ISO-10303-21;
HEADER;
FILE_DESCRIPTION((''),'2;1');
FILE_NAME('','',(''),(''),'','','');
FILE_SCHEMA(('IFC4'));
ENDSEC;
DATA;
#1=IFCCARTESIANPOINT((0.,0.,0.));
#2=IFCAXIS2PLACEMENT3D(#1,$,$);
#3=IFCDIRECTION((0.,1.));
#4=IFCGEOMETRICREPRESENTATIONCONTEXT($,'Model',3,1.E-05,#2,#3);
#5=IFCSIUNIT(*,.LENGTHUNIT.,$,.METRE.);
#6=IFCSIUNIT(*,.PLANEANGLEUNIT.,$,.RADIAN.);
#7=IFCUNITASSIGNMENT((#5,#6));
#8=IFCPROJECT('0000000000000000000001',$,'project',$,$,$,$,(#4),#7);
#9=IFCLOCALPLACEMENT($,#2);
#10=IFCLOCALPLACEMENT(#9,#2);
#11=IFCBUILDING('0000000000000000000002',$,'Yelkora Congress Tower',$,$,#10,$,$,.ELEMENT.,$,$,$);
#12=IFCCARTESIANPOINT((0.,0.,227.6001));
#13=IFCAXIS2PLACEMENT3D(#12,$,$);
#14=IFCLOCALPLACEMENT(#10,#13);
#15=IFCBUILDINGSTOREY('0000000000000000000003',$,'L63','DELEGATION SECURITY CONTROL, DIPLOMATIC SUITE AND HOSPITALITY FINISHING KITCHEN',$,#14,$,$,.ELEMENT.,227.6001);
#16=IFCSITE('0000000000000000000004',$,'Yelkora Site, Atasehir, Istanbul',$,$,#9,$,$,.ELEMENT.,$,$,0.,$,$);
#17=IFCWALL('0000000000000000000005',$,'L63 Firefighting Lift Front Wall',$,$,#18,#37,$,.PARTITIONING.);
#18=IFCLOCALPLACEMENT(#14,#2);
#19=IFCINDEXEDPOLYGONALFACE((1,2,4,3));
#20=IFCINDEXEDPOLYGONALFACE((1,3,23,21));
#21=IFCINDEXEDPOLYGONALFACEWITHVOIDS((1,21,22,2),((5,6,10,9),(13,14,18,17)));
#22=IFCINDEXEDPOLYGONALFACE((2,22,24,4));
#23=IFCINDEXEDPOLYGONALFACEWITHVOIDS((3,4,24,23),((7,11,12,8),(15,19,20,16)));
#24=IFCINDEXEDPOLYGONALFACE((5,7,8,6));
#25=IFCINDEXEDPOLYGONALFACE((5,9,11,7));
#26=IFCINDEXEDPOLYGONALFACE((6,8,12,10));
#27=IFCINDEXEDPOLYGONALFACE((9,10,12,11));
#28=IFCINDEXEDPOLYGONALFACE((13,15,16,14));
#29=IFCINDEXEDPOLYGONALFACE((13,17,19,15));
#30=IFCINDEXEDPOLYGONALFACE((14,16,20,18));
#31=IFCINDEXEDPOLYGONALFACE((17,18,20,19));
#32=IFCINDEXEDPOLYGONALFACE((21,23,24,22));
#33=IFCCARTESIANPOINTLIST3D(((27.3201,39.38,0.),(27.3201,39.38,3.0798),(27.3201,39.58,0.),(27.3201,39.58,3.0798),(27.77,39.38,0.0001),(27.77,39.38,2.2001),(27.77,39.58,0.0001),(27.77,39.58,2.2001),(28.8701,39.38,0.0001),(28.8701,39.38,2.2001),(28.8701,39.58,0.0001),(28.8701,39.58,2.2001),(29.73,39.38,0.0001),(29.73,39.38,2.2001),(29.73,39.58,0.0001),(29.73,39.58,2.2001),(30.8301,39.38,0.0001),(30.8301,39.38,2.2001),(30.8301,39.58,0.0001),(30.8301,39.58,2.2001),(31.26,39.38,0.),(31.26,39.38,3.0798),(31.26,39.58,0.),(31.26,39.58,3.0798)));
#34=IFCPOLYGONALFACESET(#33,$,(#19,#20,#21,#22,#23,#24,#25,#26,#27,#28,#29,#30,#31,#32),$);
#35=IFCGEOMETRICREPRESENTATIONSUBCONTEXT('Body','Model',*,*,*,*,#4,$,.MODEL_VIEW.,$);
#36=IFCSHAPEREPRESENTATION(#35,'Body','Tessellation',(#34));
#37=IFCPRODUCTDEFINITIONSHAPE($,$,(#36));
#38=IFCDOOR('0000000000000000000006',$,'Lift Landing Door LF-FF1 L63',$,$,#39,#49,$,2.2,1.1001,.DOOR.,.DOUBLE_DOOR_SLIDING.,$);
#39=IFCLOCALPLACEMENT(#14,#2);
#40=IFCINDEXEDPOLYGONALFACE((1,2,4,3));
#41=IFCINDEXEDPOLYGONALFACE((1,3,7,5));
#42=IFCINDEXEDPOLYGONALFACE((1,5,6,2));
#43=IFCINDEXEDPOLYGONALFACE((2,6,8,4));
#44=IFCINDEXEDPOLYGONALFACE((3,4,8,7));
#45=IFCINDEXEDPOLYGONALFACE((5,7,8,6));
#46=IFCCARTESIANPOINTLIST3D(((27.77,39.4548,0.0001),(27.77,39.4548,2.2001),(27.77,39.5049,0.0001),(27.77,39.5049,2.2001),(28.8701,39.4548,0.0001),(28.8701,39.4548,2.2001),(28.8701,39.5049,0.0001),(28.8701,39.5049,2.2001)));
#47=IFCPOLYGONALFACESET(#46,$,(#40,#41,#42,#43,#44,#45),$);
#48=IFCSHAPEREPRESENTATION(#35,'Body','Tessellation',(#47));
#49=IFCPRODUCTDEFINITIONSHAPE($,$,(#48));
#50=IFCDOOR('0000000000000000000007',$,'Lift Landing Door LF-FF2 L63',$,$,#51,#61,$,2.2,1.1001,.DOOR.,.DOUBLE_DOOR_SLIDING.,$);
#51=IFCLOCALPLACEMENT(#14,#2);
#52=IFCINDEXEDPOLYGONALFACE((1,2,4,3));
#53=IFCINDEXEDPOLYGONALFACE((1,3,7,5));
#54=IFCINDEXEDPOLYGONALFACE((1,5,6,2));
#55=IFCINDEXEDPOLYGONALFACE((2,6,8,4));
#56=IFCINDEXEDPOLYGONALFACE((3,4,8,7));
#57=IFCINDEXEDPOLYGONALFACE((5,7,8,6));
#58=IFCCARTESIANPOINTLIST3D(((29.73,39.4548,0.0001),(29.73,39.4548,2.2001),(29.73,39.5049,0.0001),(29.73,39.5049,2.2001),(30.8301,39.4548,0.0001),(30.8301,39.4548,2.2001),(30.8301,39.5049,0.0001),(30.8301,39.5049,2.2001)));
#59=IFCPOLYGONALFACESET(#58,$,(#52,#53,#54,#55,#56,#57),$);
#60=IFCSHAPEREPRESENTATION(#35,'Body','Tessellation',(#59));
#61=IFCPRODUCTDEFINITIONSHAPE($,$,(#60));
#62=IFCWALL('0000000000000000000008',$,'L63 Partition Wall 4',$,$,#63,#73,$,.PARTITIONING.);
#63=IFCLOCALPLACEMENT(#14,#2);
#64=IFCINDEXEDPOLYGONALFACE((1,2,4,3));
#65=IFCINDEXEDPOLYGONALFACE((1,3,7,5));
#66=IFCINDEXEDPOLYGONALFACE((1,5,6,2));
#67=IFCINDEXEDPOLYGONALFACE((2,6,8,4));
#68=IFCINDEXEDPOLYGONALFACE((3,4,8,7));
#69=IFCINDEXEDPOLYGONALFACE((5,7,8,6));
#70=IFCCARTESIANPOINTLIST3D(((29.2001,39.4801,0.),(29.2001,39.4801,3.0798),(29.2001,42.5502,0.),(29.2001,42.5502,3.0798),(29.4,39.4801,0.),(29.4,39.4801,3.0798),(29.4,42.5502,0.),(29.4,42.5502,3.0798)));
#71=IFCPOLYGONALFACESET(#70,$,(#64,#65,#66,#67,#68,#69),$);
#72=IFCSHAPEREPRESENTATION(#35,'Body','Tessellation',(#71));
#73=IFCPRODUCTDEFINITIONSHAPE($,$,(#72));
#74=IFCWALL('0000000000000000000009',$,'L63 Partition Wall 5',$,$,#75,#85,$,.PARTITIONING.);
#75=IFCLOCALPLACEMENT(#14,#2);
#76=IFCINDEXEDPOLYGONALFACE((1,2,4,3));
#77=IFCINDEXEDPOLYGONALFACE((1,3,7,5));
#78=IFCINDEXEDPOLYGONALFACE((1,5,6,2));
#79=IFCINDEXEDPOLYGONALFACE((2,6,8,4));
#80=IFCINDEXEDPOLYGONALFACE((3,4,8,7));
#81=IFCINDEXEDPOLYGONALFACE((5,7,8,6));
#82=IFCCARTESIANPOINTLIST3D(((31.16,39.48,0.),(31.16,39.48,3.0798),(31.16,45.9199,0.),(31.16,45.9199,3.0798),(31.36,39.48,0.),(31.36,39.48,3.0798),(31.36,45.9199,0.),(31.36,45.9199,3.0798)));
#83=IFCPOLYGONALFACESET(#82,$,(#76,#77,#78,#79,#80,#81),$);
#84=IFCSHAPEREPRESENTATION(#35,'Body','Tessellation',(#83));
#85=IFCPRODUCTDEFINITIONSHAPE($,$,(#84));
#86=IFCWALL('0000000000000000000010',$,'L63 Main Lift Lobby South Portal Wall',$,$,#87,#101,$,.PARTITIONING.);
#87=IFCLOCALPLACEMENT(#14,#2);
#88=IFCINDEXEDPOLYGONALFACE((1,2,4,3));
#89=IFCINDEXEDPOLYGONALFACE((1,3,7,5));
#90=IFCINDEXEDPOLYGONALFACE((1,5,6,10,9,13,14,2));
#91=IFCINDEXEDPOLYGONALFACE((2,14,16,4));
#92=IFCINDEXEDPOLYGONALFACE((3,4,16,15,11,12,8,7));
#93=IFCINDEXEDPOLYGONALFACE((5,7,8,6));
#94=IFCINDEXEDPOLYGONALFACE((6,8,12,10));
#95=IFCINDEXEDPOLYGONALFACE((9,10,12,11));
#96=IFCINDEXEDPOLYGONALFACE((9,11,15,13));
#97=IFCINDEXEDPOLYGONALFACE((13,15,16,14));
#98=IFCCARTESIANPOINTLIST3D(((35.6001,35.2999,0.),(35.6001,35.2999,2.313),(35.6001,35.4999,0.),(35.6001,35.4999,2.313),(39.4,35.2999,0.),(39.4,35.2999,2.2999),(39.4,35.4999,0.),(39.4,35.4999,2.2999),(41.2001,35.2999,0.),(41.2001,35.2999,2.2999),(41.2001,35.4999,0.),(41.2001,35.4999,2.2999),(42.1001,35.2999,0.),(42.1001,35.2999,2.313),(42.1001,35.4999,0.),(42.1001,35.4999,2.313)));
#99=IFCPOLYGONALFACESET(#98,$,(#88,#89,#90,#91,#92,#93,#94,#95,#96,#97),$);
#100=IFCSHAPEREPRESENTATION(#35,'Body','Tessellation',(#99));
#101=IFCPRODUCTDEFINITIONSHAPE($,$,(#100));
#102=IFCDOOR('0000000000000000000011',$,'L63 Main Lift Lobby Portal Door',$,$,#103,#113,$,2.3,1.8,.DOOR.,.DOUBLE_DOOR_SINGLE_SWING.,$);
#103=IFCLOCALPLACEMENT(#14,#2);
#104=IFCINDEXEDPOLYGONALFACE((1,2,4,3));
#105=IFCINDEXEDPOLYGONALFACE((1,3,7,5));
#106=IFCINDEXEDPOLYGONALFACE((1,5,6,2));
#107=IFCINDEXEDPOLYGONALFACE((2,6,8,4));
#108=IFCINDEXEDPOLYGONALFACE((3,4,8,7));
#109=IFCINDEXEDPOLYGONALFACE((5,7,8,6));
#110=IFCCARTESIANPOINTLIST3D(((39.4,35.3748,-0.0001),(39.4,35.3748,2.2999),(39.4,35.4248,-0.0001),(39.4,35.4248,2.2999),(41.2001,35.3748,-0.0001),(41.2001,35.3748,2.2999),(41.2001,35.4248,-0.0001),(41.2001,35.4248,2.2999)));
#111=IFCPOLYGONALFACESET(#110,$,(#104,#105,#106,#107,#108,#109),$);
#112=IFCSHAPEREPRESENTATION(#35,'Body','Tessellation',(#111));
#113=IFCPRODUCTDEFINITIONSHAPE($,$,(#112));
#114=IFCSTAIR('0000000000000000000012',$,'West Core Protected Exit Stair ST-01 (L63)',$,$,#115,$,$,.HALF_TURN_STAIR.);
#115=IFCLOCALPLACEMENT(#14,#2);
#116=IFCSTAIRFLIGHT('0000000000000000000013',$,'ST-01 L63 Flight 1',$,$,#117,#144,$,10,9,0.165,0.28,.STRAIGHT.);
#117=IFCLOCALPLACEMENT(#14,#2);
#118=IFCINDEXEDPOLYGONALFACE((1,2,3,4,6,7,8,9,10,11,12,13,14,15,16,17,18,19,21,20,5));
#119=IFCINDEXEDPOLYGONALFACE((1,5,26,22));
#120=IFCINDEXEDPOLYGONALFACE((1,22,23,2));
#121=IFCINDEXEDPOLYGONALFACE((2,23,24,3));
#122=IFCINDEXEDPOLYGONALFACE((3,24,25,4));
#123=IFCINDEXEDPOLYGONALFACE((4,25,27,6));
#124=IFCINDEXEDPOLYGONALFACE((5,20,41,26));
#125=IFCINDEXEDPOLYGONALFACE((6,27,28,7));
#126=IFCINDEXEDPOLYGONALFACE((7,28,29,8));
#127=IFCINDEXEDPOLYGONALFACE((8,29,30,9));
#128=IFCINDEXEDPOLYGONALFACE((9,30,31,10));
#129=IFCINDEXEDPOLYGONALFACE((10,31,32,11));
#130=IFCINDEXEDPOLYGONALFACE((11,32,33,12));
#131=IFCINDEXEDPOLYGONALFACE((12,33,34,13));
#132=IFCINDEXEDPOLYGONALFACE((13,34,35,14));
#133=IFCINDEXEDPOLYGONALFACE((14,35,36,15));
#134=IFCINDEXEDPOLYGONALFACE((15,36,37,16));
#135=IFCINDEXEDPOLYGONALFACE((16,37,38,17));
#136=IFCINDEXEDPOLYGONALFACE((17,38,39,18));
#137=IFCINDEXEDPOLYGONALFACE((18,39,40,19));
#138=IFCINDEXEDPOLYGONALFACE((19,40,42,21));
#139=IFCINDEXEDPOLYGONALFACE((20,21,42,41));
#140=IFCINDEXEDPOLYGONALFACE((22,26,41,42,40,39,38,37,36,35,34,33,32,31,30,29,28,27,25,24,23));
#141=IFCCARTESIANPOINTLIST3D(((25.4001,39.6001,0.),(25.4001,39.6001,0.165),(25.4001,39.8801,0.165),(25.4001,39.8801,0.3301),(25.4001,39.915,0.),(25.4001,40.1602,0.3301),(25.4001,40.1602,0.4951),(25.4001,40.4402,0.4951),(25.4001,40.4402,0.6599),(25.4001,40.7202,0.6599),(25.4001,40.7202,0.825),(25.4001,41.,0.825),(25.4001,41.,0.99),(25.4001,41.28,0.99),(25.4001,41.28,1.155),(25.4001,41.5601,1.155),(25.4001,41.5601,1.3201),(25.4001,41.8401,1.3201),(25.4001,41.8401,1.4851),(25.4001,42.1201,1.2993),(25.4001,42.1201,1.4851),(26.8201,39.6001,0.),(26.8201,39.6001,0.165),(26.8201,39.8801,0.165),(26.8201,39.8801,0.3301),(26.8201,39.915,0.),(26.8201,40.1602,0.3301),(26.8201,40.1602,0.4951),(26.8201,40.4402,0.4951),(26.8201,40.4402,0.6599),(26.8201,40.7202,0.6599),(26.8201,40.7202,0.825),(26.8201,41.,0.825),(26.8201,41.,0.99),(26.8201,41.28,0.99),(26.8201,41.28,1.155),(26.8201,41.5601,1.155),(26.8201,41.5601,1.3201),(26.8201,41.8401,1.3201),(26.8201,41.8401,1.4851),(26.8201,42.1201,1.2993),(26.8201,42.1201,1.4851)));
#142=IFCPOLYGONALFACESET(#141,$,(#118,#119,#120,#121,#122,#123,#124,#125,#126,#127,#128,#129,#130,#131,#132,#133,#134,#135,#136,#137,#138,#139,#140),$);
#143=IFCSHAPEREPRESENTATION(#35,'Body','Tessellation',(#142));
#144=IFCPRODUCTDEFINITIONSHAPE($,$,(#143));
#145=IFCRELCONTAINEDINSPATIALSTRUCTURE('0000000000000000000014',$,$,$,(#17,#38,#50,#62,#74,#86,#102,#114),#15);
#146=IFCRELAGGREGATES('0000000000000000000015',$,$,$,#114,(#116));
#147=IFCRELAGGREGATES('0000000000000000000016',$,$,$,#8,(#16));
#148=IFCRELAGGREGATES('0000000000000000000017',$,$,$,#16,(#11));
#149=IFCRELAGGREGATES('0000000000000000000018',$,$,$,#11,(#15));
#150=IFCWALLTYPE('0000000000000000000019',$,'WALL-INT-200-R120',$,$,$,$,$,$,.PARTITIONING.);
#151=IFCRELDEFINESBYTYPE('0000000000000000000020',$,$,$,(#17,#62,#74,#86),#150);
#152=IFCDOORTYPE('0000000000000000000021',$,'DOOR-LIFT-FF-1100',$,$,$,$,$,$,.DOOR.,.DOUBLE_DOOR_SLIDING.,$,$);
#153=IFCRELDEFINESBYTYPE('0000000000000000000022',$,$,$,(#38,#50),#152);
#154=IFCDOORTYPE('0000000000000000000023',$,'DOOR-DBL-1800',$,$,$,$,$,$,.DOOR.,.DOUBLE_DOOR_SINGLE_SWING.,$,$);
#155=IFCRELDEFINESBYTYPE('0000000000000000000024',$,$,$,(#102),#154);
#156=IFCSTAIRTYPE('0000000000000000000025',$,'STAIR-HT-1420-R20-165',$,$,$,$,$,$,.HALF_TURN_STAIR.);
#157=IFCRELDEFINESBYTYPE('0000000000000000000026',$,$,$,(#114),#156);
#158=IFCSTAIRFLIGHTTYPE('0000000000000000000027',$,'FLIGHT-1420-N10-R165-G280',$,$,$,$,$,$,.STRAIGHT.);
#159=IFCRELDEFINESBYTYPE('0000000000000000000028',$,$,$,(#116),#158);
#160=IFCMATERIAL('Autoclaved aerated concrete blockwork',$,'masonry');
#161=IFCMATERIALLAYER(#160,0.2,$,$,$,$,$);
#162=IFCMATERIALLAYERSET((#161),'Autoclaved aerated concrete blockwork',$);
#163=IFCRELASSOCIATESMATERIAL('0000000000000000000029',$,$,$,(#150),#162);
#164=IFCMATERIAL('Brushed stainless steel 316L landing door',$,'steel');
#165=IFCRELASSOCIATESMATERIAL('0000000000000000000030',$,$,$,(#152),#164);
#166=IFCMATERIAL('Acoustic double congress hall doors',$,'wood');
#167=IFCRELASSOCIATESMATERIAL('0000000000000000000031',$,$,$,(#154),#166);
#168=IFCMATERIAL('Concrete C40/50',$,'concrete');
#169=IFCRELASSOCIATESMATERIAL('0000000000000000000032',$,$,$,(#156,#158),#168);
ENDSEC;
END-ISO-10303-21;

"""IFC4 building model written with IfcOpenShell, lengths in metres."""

from ifc_helpers import new_model, si_unit, direction, frame, frame_2d, origin, place, context, subcontext, project, spatial, polyline, rectangle, outline, extrude, material, layer, layer_set, type_object, element, fill, aggregate, save


model = new_model("IFC4")

# Units and contexts
model_context = context("Model", 3, precision=1e-05, world=origin(), true_north=direction((0.0, 1.0)))
body_context = subcontext(model_context, "Body", "Model", "MODEL_VIEW")
ifc_project = project(units=[si_unit("LENGTHUNIT", "METRE"), si_unit("PLANEANGLEUNIT", "RADIAN")], contexts=[model_context])

# Site, building, storey
site_placement = place(None, origin())
site = spatial("IfcSite", under=ifc_project, at=site_placement, Name="Yelkora Site, Atasehir, Istanbul", CompositionType="ELEMENT", RefElevation=0.0)
building_placement = place(site_placement, origin())
building = spatial("IfcBuilding", under=site, at=building_placement, Name="Yelkora Congress Tower", CompositionType="ELEMENT")
storey_placement = place(building_placement, frame((0.0, 0.0, 227.6001)))
storey = spatial("IfcBuildingStorey", under=building, at=storey_placement, Name="L63", Description="DELEGATION SECURITY CONTROL, DIPLOMATIC SUITE AND HOSPITALITY FINISHING KITCHEN", CompositionType="ELEMENT", Elevation=227.6001)

# Shared definitions
ifc_material_1 = material(Name="Autoclaved aerated concrete blockwork", Category="masonry")
ifc_layer_1 = layer(ifc_material_1, 0.2)
ifc_layer_set_1 = layer_set([ifc_layer_1], Name="Autoclaved aerated concrete blockwork")
wall_type_1 = type_object("IfcWallType", Name="WALL-INT-200-R120", PredefinedType="PARTITIONING", material=ifc_layer_set_1)

# Wall, openings, doors
wall_1_placement = place(storey_placement, frame((27.3201, 39.48, 0.0), z_axis=(0.0, 0.0, 1.0), x_axis=(1.0, 0.0, 0.0)))
wall_1 = element("IfcWall", 1, at=wall_1_placement, inside=storey, type_object=wall_type_1, Name="L63 Firefighting Lift Front Wall", PredefinedType="PARTITIONING", context=body_context, shape_type="SweptSolid", body=[
    extrude(rectangle(XDim=3.9399, YDim=0.2, at=frame_2d((1.97, 0.0))), origin(), (0.0, 0.0, 1.0), 3.0798),
])
opening_1_placement = place(wall_1_placement, frame((0.45, 0.0, 0.0)))
opening_1 = element("IfcOpeningElement", 2, at=opening_1_placement, cuts=wall_1, PredefinedType="OPENING", context=body_context, shape_type="SweptSolid", body=[
    extrude(rectangle(XDim=1.1001, YDim=2.2, at=frame_2d((0.55, 1.1001))), frame((0.0, 0.1099, 0.0), z_axis=(0.0, -1.0, 0.0), x_axis=(1.0, 0.0, 0.0)), (0.0, 0.0, 1.0), 0.22),
])
opening_2_placement = place(wall_1_placement, frame((2.4099, 0.0, 0.0)))
opening_2 = element("IfcOpeningElement", 3, at=opening_2_placement, cuts=wall_1, PredefinedType="OPENING", context=body_context, shape_type="SweptSolid", body=[
    extrude(rectangle(XDim=1.1001, YDim=2.2, at=frame_2d((0.55, 1.1001))), frame((0.0, 0.1099, 0.0), z_axis=(0.0, -1.0, 0.0), x_axis=(1.0, 0.0, 0.0)), (0.0, 0.0, 1.0), 0.22),
])
ifc_material_2 = material(Name="Brushed stainless steel 316L landing door", Category="steel")
door_type_1 = type_object("IfcDoorType", Name="DOOR-LIFT-FF-1100", OperationType="DOUBLE_DOOR_SLIDING", PredefinedType="DOOR", material=ifc_material_2)
door_1_placement = place(opening_1_placement, origin())
door_1 = element("IfcDoor", 4, at=door_1_placement, inside=storey, type_object=door_type_1, Name="Lift Landing Door LF-FF1 L63", OperationType="DOUBLE_DOOR_SLIDING", OverallHeight=2.2, OverallWidth=1.1001, PredefinedType="DOOR", context=body_context, shape_type="SweptSolid", body=[
    extrude(rectangle(XDim=1.1001, YDim=2.2, at=frame_2d((0.55, 1.1001))), frame((0.0, 0.0249, 0.0), z_axis=(0.0, -1.0, 0.0), x_axis=(1.0, 0.0, 0.0)), (0.0, 0.0, 1.0), 0.05),
])
fill(opening_1, door_1)
door_2_placement = place(opening_2_placement, origin())
door_2 = element("IfcDoor", 5, at=door_2_placement, inside=storey, type_object=door_type_1, Name="Lift Landing Door LF-FF2 L63", OperationType="DOUBLE_DOOR_SLIDING", OverallHeight=2.2, OverallWidth=1.1001, PredefinedType="DOOR", context=body_context, shape_type="SweptSolid", body=[
    extrude(rectangle(XDim=1.1001, YDim=2.2, at=frame_2d((0.55, 1.1001))), frame((0.0, 0.0249, 0.0), z_axis=(0.0, -1.0, 0.0), x_axis=(1.0, 0.0, 0.0)), (0.0, 0.0, 1.0), 0.05),
])
fill(opening_2, door_2)

# Walls
wall_2_placement = place(storey_placement, frame((29.3, 39.48, 0.0), z_axis=(0.0, 0.0, 1.0), x_axis=(0.0, 1.0, 0.0)))
element("IfcWall", 6, at=wall_2_placement, inside=storey, type_object=wall_type_1, Name="L63 Partition Wall 4", PredefinedType="PARTITIONING", context=body_context, shape_type="SweptSolid", body=[
    extrude(rectangle(XDim=3.0701, YDim=0.2, at=frame_2d((1.5352, 0.0))), origin(), (0.0, 0.0, 1.0), 3.0798),
])
wall_3_placement = place(storey_placement, frame((31.26, 39.48, 0.0), z_axis=(0.0, 0.0, 1.0), x_axis=(0.0, 1.0, 0.0)))
element("IfcWall", 7, at=wall_3_placement, inside=storey, type_object=wall_type_1, Name="L63 Partition Wall 5", PredefinedType="PARTITIONING", context=body_context, shape_type="SweptSolid", body=[
    extrude(rectangle(XDim=6.4399, YDim=0.2, at=frame_2d((3.22, 0.0))), origin(), (0.0, 0.0, 1.0), 3.0798),
])

# Wall, opening, door
wall_4_placement = place(storey_placement, frame((35.6001, 35.3999, 0.0), z_axis=(0.0, 0.0, 1.0), x_axis=(1.0, 0.0, 0.0)))
wall_4 = element("IfcWall", 8, at=wall_4_placement, inside=storey, type_object=wall_type_1, Name="L63 Main Lift Lobby South Portal Wall", PredefinedType="PARTITIONING", context=body_context, shape_type="SweptSolid", body=[
    extrude(rectangle(XDim=6.5, YDim=0.2, at=frame_2d((3.25, 0.0))), origin(), (0.0, 0.0, 1.0), 2.313),
])
opening_3_placement = place(wall_4_placement, frame((3.8, 0.0, 0.0)))
opening_3 = element("IfcOpeningElement", 9, at=opening_3_placement, cuts=wall_4, PredefinedType="OPENING", context=body_context, shape_type="SweptSolid", body=[
    extrude(rectangle(XDim=1.8, YDim=2.3, at=frame_2d((0.8999, 1.1499))), frame((0.0, 0.1099, 0.0), z_axis=(0.0, -1.0, 0.0), x_axis=(1.0, 0.0, 0.0)), (0.0, 0.0, 1.0), 0.22),
])
ifc_material_3 = material(Name="Acoustic double congress hall doors", Category="wood")
door_type_2 = type_object("IfcDoorType", Name="DOOR-DBL-1800", OperationType="DOUBLE_DOOR_SINGLE_SWING", PredefinedType="DOOR", material=ifc_material_3)
door_3_placement = place(opening_3_placement, origin())
door_3 = element("IfcDoor", 10, at=door_3_placement, inside=storey, type_object=door_type_2, Name="L63 Main Lift Lobby Portal Door", OperationType="DOUBLE_DOOR_SINGLE_SWING", OverallHeight=2.3, OverallWidth=1.8, PredefinedType="DOOR", context=body_context, shape_type="SweptSolid", body=[
    extrude(rectangle(XDim=1.8, YDim=2.3, at=frame_2d((0.8999, 1.1499))), frame((0.0, 0.0249, 0.0), z_axis=(0.0, -1.0, 0.0), x_axis=(1.0, 0.0, 0.0)), (0.0, 0.0, 1.0), 0.05),
])
fill(opening_3, door_3)

# Stair, stair flight
ifc_material_4 = material(Name="Concrete C40/50", Category="concrete")
stair_type = type_object("IfcStairType", Name="STAIR-HT-1420-R20-165", PredefinedType="HALF_TURN_STAIR", material=ifc_material_4)
stair_placement = place(storey_placement, origin())
stair = element("IfcStair", 11, at=stair_placement, inside=storey, type_object=stair_type, Name="West Core Protected Exit Stair ST-01 (L63)", PredefinedType="HALF_TURN_STAIR")
stair_flight_type = type_object("IfcStairFlightType", Name="FLIGHT-1420-N10-R165-G280", PredefinedType="STRAIGHT", material=ifc_material_4)
stair_flight_placement = place(storey_placement, frame((26.1101, 39.6001, 0.0), z_axis=(0.0, 0.0, 1.0), x_axis=(0.0, 1.0, 0.0)))
stair_flight = element("IfcStairFlight", 12, at=stair_flight_placement, type_object=stair_flight_type, Name="ST-01 L63 Flight 1", NumberOfRisers=10, NumberOfTreads=9, PredefinedType="STRAIGHT", RiserHeight=0.165, TreadLength=0.28, context=body_context, shape_type="SweptSolid", body=[
    extrude(outline(polyline([(0.0, 0.0), (0.0, 0.165), (0.28, 0.165), (0.28, 0.3301), (0.5601, 0.3301), (0.5601, 0.4951), (0.8401, 0.4951), (0.8401, 0.6599), (1.1201, 0.6599), (1.1201, 0.825), (1.3999, 0.825), (1.3999, 0.99), (1.6799, 0.99), (1.6799, 1.155), (1.96, 1.155), (1.96, 1.3201), (2.24, 1.3201), (2.24, 1.4851), (2.52, 1.4851), (2.52, 1.6499), (2.52, 1.2993), (0.3149, 0.0), (0.0, 0.0)])), frame((0.0, 0.71, 0.0), z_axis=(0.0, -1.0, 0.0), x_axis=(1.0, 0.0, 0.0)), (0.0, 0.0, 1.0), 1.4199),
])
aggregate(stair, [stair_flight])

save(model, "model.ifc")
